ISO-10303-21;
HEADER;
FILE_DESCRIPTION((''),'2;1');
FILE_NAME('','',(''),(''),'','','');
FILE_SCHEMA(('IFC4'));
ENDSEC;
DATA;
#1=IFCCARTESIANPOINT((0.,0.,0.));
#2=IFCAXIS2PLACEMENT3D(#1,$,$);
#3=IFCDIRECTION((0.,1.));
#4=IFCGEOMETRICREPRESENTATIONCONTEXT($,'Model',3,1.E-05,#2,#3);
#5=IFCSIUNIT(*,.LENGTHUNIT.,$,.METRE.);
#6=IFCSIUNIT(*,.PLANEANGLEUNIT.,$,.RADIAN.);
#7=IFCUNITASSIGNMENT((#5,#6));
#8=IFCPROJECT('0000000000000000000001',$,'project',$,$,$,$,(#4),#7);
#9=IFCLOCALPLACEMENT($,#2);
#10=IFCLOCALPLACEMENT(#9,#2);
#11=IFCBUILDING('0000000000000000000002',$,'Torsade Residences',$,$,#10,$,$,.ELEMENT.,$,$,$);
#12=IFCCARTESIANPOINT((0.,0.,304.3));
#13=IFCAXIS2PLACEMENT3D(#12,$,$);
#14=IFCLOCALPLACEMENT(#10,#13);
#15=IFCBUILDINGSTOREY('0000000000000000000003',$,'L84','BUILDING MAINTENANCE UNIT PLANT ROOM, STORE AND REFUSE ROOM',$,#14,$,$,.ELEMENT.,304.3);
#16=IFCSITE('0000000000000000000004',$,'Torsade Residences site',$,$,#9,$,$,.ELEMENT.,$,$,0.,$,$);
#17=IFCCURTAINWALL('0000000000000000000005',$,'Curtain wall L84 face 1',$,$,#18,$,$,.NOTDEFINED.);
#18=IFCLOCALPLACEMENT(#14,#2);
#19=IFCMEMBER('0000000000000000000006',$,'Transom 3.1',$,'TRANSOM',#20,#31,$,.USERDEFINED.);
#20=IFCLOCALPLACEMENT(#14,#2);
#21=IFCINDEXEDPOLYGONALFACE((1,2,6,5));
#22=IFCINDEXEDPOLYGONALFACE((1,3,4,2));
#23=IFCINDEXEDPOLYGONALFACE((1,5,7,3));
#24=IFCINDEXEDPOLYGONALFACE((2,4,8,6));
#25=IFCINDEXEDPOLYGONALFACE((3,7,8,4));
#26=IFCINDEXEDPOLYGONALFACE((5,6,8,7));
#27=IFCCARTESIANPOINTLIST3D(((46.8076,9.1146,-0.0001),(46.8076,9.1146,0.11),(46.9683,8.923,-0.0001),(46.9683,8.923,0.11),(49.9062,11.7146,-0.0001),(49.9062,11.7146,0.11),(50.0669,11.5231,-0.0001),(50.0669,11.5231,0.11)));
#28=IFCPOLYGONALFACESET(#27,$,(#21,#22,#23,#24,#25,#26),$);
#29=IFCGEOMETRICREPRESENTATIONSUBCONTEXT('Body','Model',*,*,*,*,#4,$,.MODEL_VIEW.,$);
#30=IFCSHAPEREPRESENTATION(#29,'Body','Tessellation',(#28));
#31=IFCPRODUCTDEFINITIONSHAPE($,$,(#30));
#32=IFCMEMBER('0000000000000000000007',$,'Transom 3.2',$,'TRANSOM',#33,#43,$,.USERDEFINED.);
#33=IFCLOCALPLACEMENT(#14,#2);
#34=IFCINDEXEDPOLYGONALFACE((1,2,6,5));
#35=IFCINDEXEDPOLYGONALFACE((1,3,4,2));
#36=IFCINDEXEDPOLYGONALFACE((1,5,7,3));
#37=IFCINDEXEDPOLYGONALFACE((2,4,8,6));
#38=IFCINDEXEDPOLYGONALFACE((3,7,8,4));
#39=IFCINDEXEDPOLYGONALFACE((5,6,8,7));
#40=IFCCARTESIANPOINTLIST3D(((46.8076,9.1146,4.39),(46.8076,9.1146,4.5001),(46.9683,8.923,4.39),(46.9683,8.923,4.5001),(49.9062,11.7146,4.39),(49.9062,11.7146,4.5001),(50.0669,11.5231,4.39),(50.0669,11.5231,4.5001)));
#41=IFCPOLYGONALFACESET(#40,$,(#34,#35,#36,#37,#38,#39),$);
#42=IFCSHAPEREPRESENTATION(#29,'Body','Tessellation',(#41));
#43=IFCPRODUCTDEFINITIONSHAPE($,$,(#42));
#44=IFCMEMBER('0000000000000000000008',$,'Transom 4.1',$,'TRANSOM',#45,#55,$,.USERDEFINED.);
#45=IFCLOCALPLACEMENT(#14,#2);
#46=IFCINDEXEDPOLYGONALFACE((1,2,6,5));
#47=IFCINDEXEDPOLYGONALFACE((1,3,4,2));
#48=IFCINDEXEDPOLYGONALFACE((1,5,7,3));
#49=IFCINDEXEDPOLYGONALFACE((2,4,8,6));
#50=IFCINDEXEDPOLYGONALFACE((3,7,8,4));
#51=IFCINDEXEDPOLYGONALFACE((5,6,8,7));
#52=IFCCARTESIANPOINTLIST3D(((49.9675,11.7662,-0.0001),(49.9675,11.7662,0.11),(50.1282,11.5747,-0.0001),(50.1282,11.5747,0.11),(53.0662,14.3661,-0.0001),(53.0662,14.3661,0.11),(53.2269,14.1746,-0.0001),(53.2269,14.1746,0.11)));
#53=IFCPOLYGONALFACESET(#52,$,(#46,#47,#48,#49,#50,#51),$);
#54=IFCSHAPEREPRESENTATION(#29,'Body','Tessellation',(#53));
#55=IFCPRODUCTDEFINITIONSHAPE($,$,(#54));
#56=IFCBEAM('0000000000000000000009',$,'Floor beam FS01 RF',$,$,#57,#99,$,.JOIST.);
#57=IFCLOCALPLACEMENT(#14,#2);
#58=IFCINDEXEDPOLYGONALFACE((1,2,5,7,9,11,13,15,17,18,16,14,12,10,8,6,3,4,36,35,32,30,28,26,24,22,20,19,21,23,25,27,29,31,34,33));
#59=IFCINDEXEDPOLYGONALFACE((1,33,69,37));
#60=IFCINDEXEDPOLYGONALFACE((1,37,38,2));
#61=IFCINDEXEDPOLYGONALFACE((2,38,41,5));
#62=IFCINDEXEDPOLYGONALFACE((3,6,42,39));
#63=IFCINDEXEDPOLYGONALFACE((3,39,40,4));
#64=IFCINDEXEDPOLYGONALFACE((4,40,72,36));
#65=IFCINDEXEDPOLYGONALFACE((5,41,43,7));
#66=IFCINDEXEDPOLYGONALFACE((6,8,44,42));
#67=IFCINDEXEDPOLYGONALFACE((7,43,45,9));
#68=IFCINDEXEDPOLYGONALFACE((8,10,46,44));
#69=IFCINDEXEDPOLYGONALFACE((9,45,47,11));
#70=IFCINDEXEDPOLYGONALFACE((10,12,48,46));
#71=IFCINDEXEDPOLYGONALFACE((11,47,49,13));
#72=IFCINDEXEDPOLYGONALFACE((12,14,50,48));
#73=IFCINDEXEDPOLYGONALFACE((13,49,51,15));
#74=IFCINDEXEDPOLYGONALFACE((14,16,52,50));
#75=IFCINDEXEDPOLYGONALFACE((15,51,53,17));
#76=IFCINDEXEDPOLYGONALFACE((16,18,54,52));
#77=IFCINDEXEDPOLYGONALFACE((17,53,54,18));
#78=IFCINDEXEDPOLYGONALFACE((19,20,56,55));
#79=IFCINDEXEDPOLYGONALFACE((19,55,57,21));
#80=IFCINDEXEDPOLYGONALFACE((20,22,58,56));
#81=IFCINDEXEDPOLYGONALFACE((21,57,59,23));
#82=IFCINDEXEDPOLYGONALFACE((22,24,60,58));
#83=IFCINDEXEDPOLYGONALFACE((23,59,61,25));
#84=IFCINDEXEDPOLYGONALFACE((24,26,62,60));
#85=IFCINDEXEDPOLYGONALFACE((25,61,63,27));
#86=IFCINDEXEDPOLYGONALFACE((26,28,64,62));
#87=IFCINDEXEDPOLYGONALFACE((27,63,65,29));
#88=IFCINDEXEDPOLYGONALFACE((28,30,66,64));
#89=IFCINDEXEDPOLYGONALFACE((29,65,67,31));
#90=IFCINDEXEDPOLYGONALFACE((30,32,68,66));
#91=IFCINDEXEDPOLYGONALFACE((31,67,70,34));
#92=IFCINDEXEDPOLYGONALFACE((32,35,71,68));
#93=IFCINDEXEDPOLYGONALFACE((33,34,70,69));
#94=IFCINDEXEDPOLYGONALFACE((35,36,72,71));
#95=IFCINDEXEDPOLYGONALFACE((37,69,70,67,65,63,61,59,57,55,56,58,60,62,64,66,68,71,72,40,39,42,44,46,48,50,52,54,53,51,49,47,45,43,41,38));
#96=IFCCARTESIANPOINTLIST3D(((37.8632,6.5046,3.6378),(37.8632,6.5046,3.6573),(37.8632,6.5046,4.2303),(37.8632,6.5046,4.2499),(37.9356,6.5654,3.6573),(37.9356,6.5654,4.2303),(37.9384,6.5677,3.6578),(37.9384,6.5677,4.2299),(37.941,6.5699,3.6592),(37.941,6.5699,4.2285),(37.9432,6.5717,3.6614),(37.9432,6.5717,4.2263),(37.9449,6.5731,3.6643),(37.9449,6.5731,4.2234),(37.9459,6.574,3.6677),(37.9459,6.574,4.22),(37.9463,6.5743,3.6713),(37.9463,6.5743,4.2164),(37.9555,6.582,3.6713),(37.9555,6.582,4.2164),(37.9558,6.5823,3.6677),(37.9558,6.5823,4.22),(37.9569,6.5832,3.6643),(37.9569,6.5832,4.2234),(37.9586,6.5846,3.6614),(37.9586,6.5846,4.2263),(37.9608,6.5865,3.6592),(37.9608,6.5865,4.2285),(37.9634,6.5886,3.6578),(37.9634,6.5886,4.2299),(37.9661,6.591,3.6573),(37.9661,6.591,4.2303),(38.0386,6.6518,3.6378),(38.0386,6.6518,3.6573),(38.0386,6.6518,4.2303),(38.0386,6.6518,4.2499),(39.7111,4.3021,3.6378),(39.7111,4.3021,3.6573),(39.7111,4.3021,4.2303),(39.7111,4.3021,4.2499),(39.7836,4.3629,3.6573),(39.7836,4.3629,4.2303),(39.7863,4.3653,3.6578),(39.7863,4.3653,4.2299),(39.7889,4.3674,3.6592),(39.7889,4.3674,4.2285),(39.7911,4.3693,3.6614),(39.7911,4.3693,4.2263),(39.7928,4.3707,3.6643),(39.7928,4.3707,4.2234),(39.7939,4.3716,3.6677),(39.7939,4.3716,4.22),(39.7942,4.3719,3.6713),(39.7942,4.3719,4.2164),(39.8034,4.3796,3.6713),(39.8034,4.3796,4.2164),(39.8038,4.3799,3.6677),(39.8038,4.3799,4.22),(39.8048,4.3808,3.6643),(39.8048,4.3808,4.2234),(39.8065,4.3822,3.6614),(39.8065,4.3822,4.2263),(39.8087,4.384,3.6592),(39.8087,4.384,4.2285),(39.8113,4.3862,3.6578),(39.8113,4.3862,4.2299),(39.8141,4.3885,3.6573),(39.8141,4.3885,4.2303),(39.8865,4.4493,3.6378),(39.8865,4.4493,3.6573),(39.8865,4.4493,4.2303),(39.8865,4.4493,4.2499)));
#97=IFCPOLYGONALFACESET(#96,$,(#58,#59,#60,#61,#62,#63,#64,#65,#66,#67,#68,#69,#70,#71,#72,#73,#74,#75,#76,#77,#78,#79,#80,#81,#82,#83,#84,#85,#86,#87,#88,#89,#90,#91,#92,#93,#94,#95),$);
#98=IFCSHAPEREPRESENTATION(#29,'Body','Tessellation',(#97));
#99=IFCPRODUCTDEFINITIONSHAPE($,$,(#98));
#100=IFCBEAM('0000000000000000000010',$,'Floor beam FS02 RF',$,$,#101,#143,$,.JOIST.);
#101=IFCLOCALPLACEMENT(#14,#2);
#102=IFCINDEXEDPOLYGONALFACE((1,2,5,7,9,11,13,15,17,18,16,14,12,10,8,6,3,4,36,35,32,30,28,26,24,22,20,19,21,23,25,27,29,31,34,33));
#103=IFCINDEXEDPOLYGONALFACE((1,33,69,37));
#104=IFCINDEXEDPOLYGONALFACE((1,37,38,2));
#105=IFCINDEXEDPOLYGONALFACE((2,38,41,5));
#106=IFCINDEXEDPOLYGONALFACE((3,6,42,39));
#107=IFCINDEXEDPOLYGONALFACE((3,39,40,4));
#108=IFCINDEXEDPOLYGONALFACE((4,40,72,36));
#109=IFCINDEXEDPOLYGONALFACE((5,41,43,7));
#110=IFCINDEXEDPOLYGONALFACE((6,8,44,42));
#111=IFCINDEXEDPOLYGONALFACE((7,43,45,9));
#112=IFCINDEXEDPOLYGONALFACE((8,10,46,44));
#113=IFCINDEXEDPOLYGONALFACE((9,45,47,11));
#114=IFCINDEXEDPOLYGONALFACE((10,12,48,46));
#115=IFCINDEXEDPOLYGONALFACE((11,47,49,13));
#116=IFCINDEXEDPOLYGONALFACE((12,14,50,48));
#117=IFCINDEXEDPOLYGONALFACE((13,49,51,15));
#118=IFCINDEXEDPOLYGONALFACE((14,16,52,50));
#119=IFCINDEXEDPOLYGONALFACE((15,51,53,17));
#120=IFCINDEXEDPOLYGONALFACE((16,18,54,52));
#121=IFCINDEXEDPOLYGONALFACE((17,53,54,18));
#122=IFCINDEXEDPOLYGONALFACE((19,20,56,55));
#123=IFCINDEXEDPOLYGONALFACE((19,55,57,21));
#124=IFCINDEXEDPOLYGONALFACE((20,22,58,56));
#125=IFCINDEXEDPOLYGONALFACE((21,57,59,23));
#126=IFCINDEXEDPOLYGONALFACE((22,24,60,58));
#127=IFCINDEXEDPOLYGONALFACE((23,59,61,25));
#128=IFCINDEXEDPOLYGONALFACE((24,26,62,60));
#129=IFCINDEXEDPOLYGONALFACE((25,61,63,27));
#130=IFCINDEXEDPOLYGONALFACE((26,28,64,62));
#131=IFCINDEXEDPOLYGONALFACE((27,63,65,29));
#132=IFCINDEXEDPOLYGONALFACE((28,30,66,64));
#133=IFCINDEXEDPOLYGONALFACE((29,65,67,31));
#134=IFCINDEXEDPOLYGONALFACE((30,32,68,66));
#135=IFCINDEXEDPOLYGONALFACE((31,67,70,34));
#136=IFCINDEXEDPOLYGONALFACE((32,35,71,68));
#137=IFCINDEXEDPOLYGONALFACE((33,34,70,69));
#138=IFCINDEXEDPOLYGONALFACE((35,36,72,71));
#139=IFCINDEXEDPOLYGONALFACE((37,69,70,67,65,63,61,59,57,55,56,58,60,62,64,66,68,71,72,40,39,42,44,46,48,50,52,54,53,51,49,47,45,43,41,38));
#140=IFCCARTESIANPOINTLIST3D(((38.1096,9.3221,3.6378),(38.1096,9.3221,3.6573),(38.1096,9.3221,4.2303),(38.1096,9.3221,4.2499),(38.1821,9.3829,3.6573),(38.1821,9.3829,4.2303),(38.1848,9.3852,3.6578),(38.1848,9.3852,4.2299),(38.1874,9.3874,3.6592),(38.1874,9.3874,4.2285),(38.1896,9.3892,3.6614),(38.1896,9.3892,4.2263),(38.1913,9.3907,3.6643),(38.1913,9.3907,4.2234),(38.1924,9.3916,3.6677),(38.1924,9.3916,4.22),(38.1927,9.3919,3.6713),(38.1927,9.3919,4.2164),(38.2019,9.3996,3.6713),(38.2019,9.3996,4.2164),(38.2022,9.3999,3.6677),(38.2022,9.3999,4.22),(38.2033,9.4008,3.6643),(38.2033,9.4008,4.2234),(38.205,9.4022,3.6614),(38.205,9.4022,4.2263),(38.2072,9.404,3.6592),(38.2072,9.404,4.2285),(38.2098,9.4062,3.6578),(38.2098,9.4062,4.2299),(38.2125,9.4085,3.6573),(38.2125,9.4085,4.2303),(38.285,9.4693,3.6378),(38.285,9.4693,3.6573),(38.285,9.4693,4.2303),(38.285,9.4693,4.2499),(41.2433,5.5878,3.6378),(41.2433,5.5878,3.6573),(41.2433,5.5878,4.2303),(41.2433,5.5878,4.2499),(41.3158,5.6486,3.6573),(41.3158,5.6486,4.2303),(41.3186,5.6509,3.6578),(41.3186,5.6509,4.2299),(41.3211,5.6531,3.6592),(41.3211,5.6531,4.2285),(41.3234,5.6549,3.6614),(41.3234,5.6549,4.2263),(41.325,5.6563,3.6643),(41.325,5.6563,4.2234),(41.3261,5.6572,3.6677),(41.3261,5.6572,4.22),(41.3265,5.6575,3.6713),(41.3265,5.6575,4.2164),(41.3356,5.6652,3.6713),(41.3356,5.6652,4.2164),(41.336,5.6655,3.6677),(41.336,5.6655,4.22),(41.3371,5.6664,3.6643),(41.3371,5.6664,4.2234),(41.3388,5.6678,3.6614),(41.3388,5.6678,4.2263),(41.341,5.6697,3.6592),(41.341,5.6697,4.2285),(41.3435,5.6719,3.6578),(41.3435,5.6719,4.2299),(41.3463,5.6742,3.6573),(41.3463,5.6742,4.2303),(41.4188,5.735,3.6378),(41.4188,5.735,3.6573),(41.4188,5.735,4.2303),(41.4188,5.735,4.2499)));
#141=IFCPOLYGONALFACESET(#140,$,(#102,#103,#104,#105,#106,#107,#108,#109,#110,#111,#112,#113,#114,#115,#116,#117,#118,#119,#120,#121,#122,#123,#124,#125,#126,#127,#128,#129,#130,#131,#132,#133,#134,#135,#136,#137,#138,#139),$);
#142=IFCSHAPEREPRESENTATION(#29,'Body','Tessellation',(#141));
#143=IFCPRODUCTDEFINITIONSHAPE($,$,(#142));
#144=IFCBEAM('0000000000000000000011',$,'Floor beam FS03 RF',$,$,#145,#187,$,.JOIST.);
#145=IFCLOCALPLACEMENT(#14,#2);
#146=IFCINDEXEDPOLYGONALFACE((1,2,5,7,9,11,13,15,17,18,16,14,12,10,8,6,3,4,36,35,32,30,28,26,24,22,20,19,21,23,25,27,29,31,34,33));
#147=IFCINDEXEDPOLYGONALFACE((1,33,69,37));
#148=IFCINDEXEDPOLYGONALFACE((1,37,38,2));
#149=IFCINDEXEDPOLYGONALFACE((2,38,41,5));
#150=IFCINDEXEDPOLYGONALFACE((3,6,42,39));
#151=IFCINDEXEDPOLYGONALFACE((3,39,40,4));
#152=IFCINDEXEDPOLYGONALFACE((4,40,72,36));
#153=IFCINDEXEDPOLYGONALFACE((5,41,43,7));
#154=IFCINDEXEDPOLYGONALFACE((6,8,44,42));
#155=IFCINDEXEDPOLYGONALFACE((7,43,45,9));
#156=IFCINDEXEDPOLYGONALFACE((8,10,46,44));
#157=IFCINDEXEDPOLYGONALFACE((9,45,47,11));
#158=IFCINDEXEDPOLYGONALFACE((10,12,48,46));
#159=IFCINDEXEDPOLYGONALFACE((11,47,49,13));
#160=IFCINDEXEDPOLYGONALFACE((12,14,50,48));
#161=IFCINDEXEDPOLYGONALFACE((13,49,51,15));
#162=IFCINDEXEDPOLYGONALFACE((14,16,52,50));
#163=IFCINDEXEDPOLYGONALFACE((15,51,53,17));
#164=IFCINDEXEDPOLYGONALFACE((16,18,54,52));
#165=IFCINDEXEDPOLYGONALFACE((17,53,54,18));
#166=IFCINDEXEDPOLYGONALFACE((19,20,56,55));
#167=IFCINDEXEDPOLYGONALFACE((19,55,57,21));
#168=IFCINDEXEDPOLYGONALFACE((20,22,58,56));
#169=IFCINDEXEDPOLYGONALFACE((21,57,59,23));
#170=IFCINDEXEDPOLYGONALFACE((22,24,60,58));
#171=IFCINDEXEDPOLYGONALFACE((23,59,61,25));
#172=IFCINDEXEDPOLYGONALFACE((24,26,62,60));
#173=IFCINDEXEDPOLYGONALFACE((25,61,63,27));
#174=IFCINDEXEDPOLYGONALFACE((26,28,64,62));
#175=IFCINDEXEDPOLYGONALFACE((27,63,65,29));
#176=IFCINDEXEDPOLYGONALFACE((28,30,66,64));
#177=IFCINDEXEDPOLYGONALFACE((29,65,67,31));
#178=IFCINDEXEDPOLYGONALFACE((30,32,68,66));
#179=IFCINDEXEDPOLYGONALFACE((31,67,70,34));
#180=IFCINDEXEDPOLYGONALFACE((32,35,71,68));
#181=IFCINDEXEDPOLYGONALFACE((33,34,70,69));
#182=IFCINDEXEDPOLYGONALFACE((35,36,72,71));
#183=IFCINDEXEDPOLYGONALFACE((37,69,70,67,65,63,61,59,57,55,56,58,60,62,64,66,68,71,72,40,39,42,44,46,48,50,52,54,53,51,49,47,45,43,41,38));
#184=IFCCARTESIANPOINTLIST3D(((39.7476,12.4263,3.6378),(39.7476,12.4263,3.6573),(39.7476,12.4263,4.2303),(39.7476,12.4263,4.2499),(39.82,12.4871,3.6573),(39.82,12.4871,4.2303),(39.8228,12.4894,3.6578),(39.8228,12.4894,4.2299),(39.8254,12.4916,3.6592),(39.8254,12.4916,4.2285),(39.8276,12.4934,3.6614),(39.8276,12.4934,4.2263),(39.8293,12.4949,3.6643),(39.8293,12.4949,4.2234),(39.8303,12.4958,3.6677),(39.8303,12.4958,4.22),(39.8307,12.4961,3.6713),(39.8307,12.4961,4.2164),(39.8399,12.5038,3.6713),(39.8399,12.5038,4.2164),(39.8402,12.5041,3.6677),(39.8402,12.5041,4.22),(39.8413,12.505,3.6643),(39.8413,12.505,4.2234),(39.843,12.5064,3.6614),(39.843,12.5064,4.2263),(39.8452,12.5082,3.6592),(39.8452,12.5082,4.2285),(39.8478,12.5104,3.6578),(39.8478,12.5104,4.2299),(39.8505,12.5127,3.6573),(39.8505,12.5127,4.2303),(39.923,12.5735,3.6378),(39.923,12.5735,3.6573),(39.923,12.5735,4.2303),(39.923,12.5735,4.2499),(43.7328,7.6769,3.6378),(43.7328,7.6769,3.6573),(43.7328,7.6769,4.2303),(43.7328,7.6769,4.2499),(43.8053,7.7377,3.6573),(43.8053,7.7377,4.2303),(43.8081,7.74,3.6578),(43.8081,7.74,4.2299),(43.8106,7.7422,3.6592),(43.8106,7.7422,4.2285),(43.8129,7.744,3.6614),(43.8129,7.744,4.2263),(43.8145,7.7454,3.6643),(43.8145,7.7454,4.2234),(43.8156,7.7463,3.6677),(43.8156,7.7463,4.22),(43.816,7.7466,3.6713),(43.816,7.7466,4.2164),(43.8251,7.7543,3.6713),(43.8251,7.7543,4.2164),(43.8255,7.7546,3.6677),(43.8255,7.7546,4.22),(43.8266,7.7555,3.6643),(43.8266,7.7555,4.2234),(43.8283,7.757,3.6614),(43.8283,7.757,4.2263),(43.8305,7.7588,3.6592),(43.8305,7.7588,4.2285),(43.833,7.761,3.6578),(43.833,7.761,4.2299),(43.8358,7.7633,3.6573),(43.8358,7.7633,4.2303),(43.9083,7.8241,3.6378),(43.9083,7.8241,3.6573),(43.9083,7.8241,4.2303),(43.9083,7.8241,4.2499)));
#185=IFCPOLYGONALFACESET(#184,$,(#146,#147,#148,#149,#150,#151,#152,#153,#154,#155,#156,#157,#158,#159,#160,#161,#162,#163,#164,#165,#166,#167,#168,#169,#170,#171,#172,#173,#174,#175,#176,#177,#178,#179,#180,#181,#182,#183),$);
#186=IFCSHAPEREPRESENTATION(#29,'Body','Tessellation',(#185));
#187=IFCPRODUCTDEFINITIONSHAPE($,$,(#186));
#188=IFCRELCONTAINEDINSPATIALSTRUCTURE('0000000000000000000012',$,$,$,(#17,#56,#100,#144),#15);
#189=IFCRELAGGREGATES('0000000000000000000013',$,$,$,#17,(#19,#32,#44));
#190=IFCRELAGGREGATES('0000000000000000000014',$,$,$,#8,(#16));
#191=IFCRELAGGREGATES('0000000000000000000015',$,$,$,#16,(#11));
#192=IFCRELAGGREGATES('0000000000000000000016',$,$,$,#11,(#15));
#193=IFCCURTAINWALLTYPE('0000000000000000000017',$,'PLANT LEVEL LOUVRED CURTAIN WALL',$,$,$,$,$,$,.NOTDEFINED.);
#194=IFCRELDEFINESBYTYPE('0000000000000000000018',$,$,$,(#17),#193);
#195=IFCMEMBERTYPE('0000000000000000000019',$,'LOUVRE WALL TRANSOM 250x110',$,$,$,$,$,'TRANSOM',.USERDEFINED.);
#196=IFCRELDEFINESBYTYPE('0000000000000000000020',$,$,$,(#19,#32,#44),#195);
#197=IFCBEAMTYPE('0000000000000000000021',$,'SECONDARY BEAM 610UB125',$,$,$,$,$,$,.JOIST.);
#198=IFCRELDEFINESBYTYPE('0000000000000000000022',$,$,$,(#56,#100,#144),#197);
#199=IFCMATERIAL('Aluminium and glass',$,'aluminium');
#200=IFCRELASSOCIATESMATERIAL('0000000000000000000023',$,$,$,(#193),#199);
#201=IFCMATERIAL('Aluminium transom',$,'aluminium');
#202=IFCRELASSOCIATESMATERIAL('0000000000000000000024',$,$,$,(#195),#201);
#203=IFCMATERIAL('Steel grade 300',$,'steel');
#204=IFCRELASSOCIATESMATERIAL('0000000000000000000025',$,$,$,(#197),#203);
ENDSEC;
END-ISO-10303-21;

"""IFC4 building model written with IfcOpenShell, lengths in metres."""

from ifc_helpers import new_model, si_unit, direction, frame, origin, origin_2d, place, context, subcontext, project, spatial, rectangle, i_section, extrude, material, material_profile, profile_set, type_object, element, aggregate, save


model = new_model("IFC4")

# Units and contexts
model_context = context("Model", 3, precision=1e-05, world=origin(), true_north=direction((0.0, 1.0)))
body_context = subcontext(model_context, "Body", "Model", "MODEL_VIEW")
ifc_project = project(units=[si_unit("LENGTHUNIT", "METRE"), si_unit("PLANEANGLEUNIT", "RADIAN")], contexts=[model_context])

# Site, building, storey
site_placement = place(None, origin())
site = spatial("IfcSite", under=ifc_project, at=site_placement, Name="Torsade Residences site", CompositionType="ELEMENT", RefElevation=0.0)
building_placement = place(site_placement, origin())
building = spatial("IfcBuilding", under=site, at=building_placement, Name="Torsade Residences", CompositionType="ELEMENT")
storey_placement = place(building_placement, frame((0.0, 0.0, 304.3)))
storey = spatial("IfcBuildingStorey", under=building, at=storey_placement, Name="L84", Description="BUILDING MAINTENANCE UNIT PLANT ROOM, STORE AND REFUSE ROOM", CompositionType="ELEMENT", Elevation=304.3)

# Curtain wall
ifc_material_1 = material(Name="Aluminium and glass", Category="aluminium")
curtain_wall_type = type_object("IfcCurtainWallType", Name="PLANT LEVEL LOUVRED CURTAIN WALL", PredefinedType="NOTDEFINED", material=ifc_material_1)
curtain_wall_1_placement = place(storey_placement, origin())
curtain_wall_1 = element("IfcCurtainWall", 1, at=curtain_wall_1_placement, inside=storey, type_object=curtain_wall_type, Name="Curtain wall L84 face 1", PredefinedType="NOTDEFINED")

# Members
ifc_material_2 = material(Name="Aluminium transom", Category="aluminium")
ifc_material_profile_1 = material_profile(ifc_material_2, rectangle(XDim=0.25, YDim=0.1101, at=origin_2d()), Name="LOUVRE WALL TRANSOM 250x110")
ifc_profile_set_1 = profile_set([ifc_material_profile_1], Name="Aluminium transom")
member_type_1 = type_object("IfcMemberType", Name="LOUVRE WALL TRANSOM 250x110", ElementType="TRANSOM", PredefinedType="USERDEFINED", material=ifc_profile_set_1)
member_1_placement = place(storey_placement, frame((46.8879, 9.0188, 0.0549), z_axis=(0.76604, 0.642793, 0.0), x_axis=(-0.642793, 0.76604, 0.0)))
member_1 = element("IfcMember", 2, at=member_1_placement, type_object=member_type_1, Name="Transom 3.1", ObjectType="TRANSOM", PredefinedType="USERDEFINED", context=body_context, shape_type="SweptSolid", body=[
    extrude(rectangle(XDim=0.25, YDim=0.1101, at=origin_2d()), origin(), (0.0, 0.0, 1.0), 4.0449),
])
member_2_placement = place(storey_placement, frame((46.8879, 9.0188, 4.4451), z_axis=(0.76604, 0.642793, 0.0), x_axis=(-0.642793, 0.76604, 0.0)))
member_2 = element("IfcMember", 3, at=member_2_placement, type_object=member_type_1, Name="Transom 3.2", ObjectType="TRANSOM", PredefinedType="USERDEFINED", context=body_context, shape_type="SweptSolid", body=[
    extrude(rectangle(XDim=0.25, YDim=0.1101, at=origin_2d()), origin(), (0.0, 0.0, 1.0), 4.0449),
])
member_3_placement = place(storey_placement, frame((50.0479, 11.6704, 0.0549), z_axis=(0.76607, 0.642757, 0.0), x_axis=(-0.642757, 0.76607, 0.0)))
member_3 = element("IfcMember", 4, at=member_3_placement, type_object=member_type_1, Name="Transom 4.1", ObjectType="TRANSOM", PredefinedType="USERDEFINED", context=body_context, shape_type="SweptSolid", body=[
    extrude(rectangle(XDim=0.25, YDim=0.1101, at=origin_2d()), origin(), (0.0, 0.0, 1.0), 4.0449),
])

# Beams
ifc_material_3 = material(Name="Steel grade 300", Category="steel")
ifc_material_profile_2 = material_profile(ifc_material_3, i_section(OverallWidth=0.229, OverallDepth=0.6121, WebThickness=0.012, FlangeThickness=0.0195, FilletRadius=0.0139, at=origin_2d()), Name="610UB125")
ifc_profile_set_2 = profile_set([ifc_material_profile_2], Name="Steel grade 300")
beam_type_1 = type_object("IfcBeamType", Name="SECONDARY BEAM 610UB125", PredefinedType="JOIST", material=ifc_profile_set_2)
beam_1_placement = place(storey_placement, frame((39.7988, 4.3757, 3.9438), z_axis=(-0.642762, 0.766066, 0.0), x_axis=(-0.766066, -0.642762, 0.0)))
element("IfcBeam", 5, at=beam_1_placement, inside=storey, type_object=beam_type_1, Name="Floor beam FS01 RF", PredefinedType="JOIST", context=body_context, shape_type="SweptSolid", body=[
    extrude(i_section(OverallWidth=0.229, OverallDepth=0.6121, WebThickness=0.012, FlangeThickness=0.0195, FilletRadius=0.0139, at=origin_2d()), origin(), (0.0, 0.0, 1.0), 2.875),
])
beam_2_placement = place(storey_placement, frame((41.3311, 5.6614, 3.9438), z_axis=(-0.642821, 0.766017, 0.0), x_axis=(-0.766017, -0.642821, 0.0)))
element("IfcBeam", 6, at=beam_2_placement, inside=storey, type_object=beam_type_1, Name="Floor beam FS02 RF", PredefinedType="JOIST", context=body_context, shape_type="SweptSolid", body=[
    extrude(i_section(OverallWidth=0.229, OverallDepth=0.6121, WebThickness=0.012, FlangeThickness=0.0195, FilletRadius=0.0139, at=origin_2d()), origin(), (0.0, 0.0, 1.0), 4.875),
])
beam_3_placement = place(storey_placement, frame((43.8206, 7.7505, 3.9438), z_axis=(-0.642791, 0.766041, 0.0), x_axis=(-0.766041, -0.642791, 0.0)))
element("IfcBeam", 7, at=beam_3_placement, inside=storey, type_object=beam_type_1, Name="Floor beam FS03 RF", PredefinedType="JOIST", context=body_context, shape_type="SweptSolid", body=[
    extrude(i_section(OverallWidth=0.229, OverallDepth=0.6121, WebThickness=0.012, FlangeThickness=0.0195, FilletRadius=0.0139, at=origin_2d()), origin(), (0.0, 0.0, 1.0), 6.2),
])

aggregate(curtain_wall_1, [member_1, member_2, member_3])

save(model, "model.ifc")
